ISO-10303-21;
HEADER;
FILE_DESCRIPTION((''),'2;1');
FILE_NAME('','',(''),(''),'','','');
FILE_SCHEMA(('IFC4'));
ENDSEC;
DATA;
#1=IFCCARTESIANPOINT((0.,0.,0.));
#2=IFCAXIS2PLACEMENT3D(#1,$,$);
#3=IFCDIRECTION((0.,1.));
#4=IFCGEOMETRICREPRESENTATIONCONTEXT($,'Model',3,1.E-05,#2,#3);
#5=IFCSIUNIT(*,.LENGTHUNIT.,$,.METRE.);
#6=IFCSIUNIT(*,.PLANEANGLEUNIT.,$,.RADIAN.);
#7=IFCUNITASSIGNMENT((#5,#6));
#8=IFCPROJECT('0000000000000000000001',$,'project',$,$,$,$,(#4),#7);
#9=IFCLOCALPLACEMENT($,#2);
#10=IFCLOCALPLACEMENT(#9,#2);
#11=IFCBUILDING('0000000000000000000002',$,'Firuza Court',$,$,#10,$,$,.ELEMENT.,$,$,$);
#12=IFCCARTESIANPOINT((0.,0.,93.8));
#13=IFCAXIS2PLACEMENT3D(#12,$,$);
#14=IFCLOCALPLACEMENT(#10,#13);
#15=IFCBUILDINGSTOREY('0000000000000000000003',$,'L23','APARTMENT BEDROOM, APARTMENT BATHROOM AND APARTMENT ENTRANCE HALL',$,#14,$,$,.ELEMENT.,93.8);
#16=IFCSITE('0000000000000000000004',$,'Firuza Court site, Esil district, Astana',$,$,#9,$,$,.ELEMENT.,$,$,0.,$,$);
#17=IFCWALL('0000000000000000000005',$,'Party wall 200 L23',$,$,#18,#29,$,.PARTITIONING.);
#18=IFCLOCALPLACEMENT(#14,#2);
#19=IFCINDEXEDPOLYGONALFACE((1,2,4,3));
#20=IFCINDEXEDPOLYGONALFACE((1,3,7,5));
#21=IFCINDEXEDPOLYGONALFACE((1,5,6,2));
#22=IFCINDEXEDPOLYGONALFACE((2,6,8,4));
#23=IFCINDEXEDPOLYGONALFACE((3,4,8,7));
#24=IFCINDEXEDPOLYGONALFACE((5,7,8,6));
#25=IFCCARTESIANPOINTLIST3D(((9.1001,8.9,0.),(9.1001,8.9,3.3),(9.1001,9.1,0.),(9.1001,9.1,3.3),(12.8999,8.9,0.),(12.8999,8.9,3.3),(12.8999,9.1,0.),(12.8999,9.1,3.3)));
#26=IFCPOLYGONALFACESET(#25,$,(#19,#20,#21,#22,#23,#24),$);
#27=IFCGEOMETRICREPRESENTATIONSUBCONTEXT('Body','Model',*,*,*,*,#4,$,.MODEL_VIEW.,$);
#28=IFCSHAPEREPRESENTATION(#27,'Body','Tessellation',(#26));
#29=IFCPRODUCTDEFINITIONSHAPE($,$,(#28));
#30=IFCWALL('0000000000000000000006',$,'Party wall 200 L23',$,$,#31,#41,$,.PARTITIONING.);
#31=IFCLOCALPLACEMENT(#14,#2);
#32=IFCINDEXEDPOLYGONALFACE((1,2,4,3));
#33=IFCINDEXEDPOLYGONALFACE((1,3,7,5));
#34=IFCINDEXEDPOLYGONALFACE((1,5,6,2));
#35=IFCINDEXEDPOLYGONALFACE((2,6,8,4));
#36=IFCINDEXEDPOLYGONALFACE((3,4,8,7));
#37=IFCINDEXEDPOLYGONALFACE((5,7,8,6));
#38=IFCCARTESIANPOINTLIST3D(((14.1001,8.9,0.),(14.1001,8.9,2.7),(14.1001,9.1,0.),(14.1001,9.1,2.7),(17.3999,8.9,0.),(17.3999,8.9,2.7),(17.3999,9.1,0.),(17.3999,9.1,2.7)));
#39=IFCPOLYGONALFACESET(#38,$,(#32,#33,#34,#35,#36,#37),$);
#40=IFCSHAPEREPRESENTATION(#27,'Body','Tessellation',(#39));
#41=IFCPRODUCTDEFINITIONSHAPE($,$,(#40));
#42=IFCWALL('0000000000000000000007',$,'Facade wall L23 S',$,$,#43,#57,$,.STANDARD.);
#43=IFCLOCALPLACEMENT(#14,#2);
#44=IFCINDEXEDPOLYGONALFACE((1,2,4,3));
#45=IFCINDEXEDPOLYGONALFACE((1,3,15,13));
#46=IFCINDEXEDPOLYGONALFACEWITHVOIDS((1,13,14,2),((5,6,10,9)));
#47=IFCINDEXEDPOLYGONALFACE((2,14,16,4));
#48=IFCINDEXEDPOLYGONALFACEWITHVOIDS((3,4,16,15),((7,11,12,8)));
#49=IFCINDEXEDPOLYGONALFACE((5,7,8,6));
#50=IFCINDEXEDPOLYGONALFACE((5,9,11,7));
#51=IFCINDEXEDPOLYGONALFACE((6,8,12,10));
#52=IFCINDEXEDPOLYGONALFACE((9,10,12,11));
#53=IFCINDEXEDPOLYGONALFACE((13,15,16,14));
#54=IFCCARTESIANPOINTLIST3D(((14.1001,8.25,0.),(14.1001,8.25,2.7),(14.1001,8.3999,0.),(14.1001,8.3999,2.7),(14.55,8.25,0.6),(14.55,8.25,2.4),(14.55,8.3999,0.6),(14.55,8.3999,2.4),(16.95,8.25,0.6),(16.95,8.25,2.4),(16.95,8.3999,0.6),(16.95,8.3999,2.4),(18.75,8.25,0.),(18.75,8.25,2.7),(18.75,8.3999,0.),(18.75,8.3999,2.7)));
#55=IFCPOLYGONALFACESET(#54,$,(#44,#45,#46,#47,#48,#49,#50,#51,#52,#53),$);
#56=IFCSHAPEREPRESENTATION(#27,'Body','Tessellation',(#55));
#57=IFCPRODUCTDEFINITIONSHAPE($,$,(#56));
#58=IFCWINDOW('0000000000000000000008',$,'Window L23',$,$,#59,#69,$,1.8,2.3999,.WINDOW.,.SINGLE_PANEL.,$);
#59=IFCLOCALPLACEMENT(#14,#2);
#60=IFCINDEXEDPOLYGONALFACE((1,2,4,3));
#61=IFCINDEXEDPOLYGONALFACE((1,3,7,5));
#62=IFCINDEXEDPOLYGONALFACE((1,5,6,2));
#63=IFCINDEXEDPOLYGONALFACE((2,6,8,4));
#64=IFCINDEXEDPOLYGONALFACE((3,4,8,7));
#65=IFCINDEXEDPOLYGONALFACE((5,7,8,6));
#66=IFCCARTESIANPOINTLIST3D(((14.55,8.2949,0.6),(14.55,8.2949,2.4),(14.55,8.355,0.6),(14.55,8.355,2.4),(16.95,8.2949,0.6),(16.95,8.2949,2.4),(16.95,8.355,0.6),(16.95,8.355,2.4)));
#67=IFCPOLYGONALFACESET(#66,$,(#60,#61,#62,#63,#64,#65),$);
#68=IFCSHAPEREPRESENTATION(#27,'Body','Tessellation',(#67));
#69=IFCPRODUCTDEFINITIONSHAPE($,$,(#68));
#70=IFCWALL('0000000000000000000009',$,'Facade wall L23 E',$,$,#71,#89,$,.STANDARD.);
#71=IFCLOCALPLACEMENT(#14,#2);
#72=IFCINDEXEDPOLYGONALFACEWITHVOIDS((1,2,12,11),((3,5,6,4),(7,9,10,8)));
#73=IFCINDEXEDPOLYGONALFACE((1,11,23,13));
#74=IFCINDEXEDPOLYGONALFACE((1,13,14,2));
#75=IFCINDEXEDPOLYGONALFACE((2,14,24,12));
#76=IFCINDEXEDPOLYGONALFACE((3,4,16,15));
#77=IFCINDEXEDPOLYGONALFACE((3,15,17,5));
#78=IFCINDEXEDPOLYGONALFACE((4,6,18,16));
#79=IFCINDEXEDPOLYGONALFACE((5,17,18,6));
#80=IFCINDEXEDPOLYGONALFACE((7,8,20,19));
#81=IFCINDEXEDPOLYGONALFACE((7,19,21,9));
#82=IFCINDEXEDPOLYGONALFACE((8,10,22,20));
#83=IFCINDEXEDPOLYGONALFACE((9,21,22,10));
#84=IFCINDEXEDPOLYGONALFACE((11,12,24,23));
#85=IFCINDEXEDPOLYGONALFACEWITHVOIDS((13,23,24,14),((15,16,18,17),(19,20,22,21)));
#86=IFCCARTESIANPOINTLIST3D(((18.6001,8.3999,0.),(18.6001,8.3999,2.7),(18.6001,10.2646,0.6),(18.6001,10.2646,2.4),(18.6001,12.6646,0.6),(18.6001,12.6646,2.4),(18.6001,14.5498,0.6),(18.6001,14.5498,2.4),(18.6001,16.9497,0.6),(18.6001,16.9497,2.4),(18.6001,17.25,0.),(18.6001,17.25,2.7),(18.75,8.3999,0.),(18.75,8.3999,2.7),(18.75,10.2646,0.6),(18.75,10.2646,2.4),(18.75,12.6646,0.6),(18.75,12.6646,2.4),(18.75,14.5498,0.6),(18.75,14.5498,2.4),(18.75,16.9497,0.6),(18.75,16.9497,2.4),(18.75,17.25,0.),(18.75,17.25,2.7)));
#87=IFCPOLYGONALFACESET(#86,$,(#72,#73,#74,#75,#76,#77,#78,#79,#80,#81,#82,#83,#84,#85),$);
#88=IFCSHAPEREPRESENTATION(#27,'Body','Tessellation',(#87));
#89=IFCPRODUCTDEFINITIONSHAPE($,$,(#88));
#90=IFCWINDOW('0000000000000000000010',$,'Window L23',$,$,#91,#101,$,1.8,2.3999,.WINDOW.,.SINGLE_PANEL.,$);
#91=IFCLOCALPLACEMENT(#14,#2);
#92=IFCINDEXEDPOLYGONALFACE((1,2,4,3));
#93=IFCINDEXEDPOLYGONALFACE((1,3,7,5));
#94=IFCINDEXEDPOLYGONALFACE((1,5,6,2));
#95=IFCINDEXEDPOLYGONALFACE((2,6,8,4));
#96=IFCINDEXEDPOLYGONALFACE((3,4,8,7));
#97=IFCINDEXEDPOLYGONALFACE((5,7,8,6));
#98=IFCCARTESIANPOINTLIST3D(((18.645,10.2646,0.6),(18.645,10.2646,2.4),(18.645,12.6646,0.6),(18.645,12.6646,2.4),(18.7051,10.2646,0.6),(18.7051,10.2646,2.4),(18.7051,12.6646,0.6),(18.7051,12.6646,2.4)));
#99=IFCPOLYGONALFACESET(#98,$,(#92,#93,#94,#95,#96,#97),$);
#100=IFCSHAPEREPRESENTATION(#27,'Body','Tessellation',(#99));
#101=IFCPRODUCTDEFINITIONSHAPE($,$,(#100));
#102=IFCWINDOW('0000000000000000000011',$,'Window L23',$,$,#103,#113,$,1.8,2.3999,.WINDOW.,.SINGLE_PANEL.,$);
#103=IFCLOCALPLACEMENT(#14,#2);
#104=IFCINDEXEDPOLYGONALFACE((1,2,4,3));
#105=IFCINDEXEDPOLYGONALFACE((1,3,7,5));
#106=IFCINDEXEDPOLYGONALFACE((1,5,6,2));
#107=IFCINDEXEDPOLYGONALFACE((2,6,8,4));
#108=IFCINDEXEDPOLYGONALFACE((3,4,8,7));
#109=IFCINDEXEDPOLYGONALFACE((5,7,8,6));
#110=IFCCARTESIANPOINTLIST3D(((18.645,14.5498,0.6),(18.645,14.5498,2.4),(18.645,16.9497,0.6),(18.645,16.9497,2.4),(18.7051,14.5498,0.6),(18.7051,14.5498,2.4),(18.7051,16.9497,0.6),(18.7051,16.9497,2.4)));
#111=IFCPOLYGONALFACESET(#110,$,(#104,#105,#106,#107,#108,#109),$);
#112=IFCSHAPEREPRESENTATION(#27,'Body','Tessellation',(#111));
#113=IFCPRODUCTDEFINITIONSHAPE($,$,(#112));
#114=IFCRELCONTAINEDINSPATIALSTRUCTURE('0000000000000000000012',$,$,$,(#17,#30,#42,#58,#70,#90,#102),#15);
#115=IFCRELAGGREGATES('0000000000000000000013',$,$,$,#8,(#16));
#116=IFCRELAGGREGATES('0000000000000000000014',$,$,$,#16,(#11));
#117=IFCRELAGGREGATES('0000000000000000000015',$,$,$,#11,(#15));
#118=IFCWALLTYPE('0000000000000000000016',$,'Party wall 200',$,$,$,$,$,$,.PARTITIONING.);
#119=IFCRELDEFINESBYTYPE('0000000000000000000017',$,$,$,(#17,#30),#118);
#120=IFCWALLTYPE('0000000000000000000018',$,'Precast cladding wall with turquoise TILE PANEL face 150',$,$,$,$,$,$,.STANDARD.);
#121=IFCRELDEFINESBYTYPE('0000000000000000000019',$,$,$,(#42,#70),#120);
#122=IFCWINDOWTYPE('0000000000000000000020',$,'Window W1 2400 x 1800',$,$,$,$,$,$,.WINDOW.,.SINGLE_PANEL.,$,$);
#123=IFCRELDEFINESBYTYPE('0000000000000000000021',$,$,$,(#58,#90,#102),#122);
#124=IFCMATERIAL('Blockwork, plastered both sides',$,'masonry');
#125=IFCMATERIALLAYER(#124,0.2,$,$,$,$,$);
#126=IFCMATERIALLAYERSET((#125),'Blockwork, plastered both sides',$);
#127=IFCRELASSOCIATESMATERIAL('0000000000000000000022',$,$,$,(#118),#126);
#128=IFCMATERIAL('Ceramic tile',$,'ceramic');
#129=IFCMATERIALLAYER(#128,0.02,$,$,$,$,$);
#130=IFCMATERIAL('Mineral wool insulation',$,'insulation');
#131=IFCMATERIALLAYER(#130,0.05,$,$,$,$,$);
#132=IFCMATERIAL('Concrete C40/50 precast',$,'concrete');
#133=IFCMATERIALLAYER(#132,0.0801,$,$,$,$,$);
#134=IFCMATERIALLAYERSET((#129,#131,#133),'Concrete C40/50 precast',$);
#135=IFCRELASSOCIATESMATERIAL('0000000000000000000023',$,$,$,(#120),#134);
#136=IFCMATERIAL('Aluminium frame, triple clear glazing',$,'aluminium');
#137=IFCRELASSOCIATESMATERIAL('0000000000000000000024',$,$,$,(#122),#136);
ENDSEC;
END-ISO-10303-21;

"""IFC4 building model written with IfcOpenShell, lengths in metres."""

from ifc_helpers import new_model, si_unit, direction, frame, frame_2d, origin, place, context, subcontext, project, spatial, rectangle, extrude, material, layer, layer_set, type_object, element, fill, save


model = new_model("IFC4")

# Units and contexts
model_context = context("Model", 3, precision=1e-05, world=origin(), true_north=direction((0.0, 1.0)))
body_context = subcontext(model_context, "Body", "Model", "MODEL_VIEW")
ifc_project = project(units=[si_unit("LENGTHUNIT", "METRE"), si_unit("PLANEANGLEUNIT", "RADIAN")], contexts=[model_context])

# Site, building, storey
site_placement = place(None, origin())
site = spatial("IfcSite", under=ifc_project, at=site_placement, Name="Firuza Court site, Esil district, Astana", CompositionType="ELEMENT", RefElevation=0.0)
building_placement = place(site_placement, origin())
building = spatial("IfcBuilding", under=site, at=building_placement, Name="Firuza Court", CompositionType="ELEMENT")
storey_placement = place(building_placement, frame((0.0, 0.0, 93.8)))
storey = spatial("IfcBuildingStorey", under=building, at=storey_placement, Name="L23", Description="APARTMENT BEDROOM, APARTMENT BATHROOM AND APARTMENT ENTRANCE HALL", CompositionType="ELEMENT", Elevation=93.8)

# Walls
ifc_material_1 = material(Name="Blockwork, plastered both sides", Category="masonry")
ifc_layer_1 = layer(ifc_material_1, 0.2)
ifc_layer_set_1 = layer_set([ifc_layer_1], Name="Blockwork, plastered both sides")
wall_type_1 = type_object("IfcWallType", Name="Party wall 200", PredefinedType="PARTITIONING", material=ifc_layer_set_1)
wall_1_placement = place(storey_placement, frame((9.1001, 9.0, 0.0), z_axis=(0.0, 0.0, 1.0), x_axis=(1.0, 0.0, 0.0)))
element("IfcWall", 1, at=wall_1_placement, inside=storey, type_object=wall_type_1, Name="Party wall 200 L23", PredefinedType="PARTITIONING", context=body_context, shape_type="SweptSolid", body=[
    extrude(rectangle(XDim=3.7998, YDim=0.2, at=frame_2d((1.8999, 0.0))), origin(), (0.0, 0.0, 1.0), 3.3),
])
wall_2_placement = place(storey_placement, frame((14.1001, 9.0, 0.0), z_axis=(0.0, 0.0, 1.0), x_axis=(1.0, 0.0, 0.0)))
element("IfcWall", 2, at=wall_2_placement, inside=storey, type_object=wall_type_1, Name="Party wall 200 L23", PredefinedType="PARTITIONING", context=body_context, shape_type="SweptSolid", body=[
    extrude(rectangle(XDim=3.2998, YDim=0.2, at=frame_2d((1.6499, 0.0))), origin(), (0.0, 0.0, 1.0), 2.7),
])

# Wall, opening, window
ifc_material_2 = material(Name="Ceramic tile", Category="ceramic")
ifc_layer_2 = layer(ifc_material_2, 0.02)
ifc_material_3 = material(Name="Mineral wool insulation", Category="insulation")
ifc_layer_3 = layer(ifc_material_3, 0.05)
ifc_material_4 = material(Name="Concrete C40/50 precast", Category="concrete")
ifc_layer_4 = layer(ifc_material_4, 0.0801)
ifc_layer_set_2 = layer_set([ifc_layer_2, ifc_layer_3, ifc_layer_4], Name="Concrete C40/50 precast")
wall_type_2 = type_object("IfcWallType", Name="Precast cladding wall with turquoise TILE PANEL face 150", PredefinedType="STANDARD", material=ifc_layer_set_2)
wall_3_placement = place(storey_placement, frame((14.1001, 8.325, 0.0), z_axis=(0.0, 0.0, 1.0), x_axis=(1.0, 0.0, 0.0)))
wall_3 = element("IfcWall", 3, at=wall_3_placement, inside=storey, type_object=wall_type_2, Name="Facade wall L23 S", PredefinedType="STANDARD", context=body_context, shape_type="SweptSolid", body=[
    extrude(rectangle(XDim=4.6499, YDim=0.1499, at=frame_2d((2.325, 0.0))), origin(), (0.0, 0.0, 1.0), 2.7),
])
opening_1_placement = place(wall_3_placement, frame((0.45, 0.0, 0.6001)))
opening_1 = element("IfcOpeningElement", 4, at=opening_1_placement, cuts=wall_3, PredefinedType="OPENING", context=body_context, shape_type="SweptSolid", body=[
    extrude(rectangle(XDim=2.3999, YDim=1.8, at=frame_2d((1.2, 0.8999))), frame((0.0, 0.0869, 0.0), z_axis=(0.0, -1.0, 0.0), x_axis=(1.0, 0.0, 0.0)), (0.0, 0.0, 1.0), 0.1738),
])
ifc_material_5 = material(Name="Aluminium frame, triple clear glazing", Category="aluminium")
window_type = type_object("IfcWindowType", Name="Window W1 2400 x 1800", PartitioningType="SINGLE_PANEL", PredefinedType="WINDOW", material=ifc_material_5)
window_1_placement = place(opening_1_placement, origin())
window_1 = element("IfcWindow", 5, at=window_1_placement, inside=storey, type_object=window_type, Name="Window L23", OverallHeight=1.8, OverallWidth=2.3999, PartitioningType="SINGLE_PANEL", PredefinedType="WINDOW", context=body_context, shape_type="SweptSolid", body=[
    extrude(rectangle(XDim=2.3999, YDim=1.8, at=frame_2d((1.2, 0.8999))), frame((0.0, 0.03, 0.0), z_axis=(0.0, -1.0, 0.0), x_axis=(1.0, 0.0, 0.0)), (0.0, 0.0, 1.0), 0.0601),
])
fill(opening_1, window_1)

# Wall, openings, windows
wall_4_placement = place(storey_placement, frame((18.675, 8.3999, 0.0), z_axis=(0.0, 0.0, 1.0), x_axis=(0.0, 1.0, 0.0)))
wall_4 = element("IfcWall", 6, at=wall_4_placement, inside=storey, type_object=wall_type_2, Name="Facade wall L23 E", PredefinedType="STANDARD", context=body_context, shape_type="SweptSolid", body=[
    extrude(rectangle(XDim=8.8501, YDim=0.1499, at=frame_2d((4.425, 0.0))), origin(), (0.0, 0.0, 1.0), 2.7),
])
opening_2_placement = place(wall_4_placement, frame((1.8647, 0.0, 0.6001)))
opening_2 = element("IfcOpeningElement", 7, at=opening_2_placement, cuts=wall_4, PredefinedType="OPENING", context=body_context, shape_type="SweptSolid", body=[
    extrude(rectangle(XDim=2.3999, YDim=1.8, at=frame_2d((1.2, 0.8999))), frame((0.0, 0.0869, 0.0), z_axis=(0.0, -1.0, 0.0), x_axis=(1.0, 0.0, 0.0)), (0.0, 0.0, 1.0), 0.1738),
])
opening_3_placement = place(wall_4_placement, frame((6.1499, 0.0, 0.6001)))
opening_3 = element("IfcOpeningElement", 8, at=opening_3_placement, cuts=wall_4, PredefinedType="OPENING", context=body_context, shape_type="SweptSolid", body=[
    extrude(rectangle(XDim=2.3999, YDim=1.8, at=frame_2d((1.2, 0.8999))), frame((0.0, 0.0869, 0.0), z_axis=(0.0, -1.0, 0.0), x_axis=(1.0, 0.0, 0.0)), (0.0, 0.0, 1.0), 0.1738),
])
window_2_placement = place(opening_2_placement, origin())
window_2 = element("IfcWindow", 9, at=window_2_placement, inside=storey, type_object=window_type, Name="Window L23", OverallHeight=1.8, OverallWidth=2.3999, PartitioningType="SINGLE_PANEL", PredefinedType="WINDOW", context=body_context, shape_type="SweptSolid", body=[
    extrude(rectangle(XDim=2.3999, YDim=1.8, at=frame_2d((1.2, 0.8999))), frame((0.0, 0.03, 0.0), z_axis=(0.0, -1.0, 0.0), x_axis=(1.0, 0.0, 0.0)), (0.0, 0.0, 1.0), 0.0601),
])
fill(opening_2, window_2)
window_3_placement = place(opening_3_placement, origin())
window_3 = element("IfcWindow", 10, at=window_3_placement, inside=storey, type_object=window_type, Name="Window L23", OverallHeight=1.8, OverallWidth=2.3999, PartitioningType="SINGLE_PANEL", PredefinedType="WINDOW", context=body_context, shape_type="SweptSolid", body=[
    extrude(rectangle(XDim=2.3999, YDim=1.8, at=frame_2d((1.2, 0.8999))), frame((0.0, 0.03, 0.0), z_axis=(0.0, -1.0, 0.0), x_axis=(1.0, 0.0, 0.0)), (0.0, 0.0, 1.0), 0.0601),
])
fill(opening_3, window_3)

save(model, "model.ifc")
